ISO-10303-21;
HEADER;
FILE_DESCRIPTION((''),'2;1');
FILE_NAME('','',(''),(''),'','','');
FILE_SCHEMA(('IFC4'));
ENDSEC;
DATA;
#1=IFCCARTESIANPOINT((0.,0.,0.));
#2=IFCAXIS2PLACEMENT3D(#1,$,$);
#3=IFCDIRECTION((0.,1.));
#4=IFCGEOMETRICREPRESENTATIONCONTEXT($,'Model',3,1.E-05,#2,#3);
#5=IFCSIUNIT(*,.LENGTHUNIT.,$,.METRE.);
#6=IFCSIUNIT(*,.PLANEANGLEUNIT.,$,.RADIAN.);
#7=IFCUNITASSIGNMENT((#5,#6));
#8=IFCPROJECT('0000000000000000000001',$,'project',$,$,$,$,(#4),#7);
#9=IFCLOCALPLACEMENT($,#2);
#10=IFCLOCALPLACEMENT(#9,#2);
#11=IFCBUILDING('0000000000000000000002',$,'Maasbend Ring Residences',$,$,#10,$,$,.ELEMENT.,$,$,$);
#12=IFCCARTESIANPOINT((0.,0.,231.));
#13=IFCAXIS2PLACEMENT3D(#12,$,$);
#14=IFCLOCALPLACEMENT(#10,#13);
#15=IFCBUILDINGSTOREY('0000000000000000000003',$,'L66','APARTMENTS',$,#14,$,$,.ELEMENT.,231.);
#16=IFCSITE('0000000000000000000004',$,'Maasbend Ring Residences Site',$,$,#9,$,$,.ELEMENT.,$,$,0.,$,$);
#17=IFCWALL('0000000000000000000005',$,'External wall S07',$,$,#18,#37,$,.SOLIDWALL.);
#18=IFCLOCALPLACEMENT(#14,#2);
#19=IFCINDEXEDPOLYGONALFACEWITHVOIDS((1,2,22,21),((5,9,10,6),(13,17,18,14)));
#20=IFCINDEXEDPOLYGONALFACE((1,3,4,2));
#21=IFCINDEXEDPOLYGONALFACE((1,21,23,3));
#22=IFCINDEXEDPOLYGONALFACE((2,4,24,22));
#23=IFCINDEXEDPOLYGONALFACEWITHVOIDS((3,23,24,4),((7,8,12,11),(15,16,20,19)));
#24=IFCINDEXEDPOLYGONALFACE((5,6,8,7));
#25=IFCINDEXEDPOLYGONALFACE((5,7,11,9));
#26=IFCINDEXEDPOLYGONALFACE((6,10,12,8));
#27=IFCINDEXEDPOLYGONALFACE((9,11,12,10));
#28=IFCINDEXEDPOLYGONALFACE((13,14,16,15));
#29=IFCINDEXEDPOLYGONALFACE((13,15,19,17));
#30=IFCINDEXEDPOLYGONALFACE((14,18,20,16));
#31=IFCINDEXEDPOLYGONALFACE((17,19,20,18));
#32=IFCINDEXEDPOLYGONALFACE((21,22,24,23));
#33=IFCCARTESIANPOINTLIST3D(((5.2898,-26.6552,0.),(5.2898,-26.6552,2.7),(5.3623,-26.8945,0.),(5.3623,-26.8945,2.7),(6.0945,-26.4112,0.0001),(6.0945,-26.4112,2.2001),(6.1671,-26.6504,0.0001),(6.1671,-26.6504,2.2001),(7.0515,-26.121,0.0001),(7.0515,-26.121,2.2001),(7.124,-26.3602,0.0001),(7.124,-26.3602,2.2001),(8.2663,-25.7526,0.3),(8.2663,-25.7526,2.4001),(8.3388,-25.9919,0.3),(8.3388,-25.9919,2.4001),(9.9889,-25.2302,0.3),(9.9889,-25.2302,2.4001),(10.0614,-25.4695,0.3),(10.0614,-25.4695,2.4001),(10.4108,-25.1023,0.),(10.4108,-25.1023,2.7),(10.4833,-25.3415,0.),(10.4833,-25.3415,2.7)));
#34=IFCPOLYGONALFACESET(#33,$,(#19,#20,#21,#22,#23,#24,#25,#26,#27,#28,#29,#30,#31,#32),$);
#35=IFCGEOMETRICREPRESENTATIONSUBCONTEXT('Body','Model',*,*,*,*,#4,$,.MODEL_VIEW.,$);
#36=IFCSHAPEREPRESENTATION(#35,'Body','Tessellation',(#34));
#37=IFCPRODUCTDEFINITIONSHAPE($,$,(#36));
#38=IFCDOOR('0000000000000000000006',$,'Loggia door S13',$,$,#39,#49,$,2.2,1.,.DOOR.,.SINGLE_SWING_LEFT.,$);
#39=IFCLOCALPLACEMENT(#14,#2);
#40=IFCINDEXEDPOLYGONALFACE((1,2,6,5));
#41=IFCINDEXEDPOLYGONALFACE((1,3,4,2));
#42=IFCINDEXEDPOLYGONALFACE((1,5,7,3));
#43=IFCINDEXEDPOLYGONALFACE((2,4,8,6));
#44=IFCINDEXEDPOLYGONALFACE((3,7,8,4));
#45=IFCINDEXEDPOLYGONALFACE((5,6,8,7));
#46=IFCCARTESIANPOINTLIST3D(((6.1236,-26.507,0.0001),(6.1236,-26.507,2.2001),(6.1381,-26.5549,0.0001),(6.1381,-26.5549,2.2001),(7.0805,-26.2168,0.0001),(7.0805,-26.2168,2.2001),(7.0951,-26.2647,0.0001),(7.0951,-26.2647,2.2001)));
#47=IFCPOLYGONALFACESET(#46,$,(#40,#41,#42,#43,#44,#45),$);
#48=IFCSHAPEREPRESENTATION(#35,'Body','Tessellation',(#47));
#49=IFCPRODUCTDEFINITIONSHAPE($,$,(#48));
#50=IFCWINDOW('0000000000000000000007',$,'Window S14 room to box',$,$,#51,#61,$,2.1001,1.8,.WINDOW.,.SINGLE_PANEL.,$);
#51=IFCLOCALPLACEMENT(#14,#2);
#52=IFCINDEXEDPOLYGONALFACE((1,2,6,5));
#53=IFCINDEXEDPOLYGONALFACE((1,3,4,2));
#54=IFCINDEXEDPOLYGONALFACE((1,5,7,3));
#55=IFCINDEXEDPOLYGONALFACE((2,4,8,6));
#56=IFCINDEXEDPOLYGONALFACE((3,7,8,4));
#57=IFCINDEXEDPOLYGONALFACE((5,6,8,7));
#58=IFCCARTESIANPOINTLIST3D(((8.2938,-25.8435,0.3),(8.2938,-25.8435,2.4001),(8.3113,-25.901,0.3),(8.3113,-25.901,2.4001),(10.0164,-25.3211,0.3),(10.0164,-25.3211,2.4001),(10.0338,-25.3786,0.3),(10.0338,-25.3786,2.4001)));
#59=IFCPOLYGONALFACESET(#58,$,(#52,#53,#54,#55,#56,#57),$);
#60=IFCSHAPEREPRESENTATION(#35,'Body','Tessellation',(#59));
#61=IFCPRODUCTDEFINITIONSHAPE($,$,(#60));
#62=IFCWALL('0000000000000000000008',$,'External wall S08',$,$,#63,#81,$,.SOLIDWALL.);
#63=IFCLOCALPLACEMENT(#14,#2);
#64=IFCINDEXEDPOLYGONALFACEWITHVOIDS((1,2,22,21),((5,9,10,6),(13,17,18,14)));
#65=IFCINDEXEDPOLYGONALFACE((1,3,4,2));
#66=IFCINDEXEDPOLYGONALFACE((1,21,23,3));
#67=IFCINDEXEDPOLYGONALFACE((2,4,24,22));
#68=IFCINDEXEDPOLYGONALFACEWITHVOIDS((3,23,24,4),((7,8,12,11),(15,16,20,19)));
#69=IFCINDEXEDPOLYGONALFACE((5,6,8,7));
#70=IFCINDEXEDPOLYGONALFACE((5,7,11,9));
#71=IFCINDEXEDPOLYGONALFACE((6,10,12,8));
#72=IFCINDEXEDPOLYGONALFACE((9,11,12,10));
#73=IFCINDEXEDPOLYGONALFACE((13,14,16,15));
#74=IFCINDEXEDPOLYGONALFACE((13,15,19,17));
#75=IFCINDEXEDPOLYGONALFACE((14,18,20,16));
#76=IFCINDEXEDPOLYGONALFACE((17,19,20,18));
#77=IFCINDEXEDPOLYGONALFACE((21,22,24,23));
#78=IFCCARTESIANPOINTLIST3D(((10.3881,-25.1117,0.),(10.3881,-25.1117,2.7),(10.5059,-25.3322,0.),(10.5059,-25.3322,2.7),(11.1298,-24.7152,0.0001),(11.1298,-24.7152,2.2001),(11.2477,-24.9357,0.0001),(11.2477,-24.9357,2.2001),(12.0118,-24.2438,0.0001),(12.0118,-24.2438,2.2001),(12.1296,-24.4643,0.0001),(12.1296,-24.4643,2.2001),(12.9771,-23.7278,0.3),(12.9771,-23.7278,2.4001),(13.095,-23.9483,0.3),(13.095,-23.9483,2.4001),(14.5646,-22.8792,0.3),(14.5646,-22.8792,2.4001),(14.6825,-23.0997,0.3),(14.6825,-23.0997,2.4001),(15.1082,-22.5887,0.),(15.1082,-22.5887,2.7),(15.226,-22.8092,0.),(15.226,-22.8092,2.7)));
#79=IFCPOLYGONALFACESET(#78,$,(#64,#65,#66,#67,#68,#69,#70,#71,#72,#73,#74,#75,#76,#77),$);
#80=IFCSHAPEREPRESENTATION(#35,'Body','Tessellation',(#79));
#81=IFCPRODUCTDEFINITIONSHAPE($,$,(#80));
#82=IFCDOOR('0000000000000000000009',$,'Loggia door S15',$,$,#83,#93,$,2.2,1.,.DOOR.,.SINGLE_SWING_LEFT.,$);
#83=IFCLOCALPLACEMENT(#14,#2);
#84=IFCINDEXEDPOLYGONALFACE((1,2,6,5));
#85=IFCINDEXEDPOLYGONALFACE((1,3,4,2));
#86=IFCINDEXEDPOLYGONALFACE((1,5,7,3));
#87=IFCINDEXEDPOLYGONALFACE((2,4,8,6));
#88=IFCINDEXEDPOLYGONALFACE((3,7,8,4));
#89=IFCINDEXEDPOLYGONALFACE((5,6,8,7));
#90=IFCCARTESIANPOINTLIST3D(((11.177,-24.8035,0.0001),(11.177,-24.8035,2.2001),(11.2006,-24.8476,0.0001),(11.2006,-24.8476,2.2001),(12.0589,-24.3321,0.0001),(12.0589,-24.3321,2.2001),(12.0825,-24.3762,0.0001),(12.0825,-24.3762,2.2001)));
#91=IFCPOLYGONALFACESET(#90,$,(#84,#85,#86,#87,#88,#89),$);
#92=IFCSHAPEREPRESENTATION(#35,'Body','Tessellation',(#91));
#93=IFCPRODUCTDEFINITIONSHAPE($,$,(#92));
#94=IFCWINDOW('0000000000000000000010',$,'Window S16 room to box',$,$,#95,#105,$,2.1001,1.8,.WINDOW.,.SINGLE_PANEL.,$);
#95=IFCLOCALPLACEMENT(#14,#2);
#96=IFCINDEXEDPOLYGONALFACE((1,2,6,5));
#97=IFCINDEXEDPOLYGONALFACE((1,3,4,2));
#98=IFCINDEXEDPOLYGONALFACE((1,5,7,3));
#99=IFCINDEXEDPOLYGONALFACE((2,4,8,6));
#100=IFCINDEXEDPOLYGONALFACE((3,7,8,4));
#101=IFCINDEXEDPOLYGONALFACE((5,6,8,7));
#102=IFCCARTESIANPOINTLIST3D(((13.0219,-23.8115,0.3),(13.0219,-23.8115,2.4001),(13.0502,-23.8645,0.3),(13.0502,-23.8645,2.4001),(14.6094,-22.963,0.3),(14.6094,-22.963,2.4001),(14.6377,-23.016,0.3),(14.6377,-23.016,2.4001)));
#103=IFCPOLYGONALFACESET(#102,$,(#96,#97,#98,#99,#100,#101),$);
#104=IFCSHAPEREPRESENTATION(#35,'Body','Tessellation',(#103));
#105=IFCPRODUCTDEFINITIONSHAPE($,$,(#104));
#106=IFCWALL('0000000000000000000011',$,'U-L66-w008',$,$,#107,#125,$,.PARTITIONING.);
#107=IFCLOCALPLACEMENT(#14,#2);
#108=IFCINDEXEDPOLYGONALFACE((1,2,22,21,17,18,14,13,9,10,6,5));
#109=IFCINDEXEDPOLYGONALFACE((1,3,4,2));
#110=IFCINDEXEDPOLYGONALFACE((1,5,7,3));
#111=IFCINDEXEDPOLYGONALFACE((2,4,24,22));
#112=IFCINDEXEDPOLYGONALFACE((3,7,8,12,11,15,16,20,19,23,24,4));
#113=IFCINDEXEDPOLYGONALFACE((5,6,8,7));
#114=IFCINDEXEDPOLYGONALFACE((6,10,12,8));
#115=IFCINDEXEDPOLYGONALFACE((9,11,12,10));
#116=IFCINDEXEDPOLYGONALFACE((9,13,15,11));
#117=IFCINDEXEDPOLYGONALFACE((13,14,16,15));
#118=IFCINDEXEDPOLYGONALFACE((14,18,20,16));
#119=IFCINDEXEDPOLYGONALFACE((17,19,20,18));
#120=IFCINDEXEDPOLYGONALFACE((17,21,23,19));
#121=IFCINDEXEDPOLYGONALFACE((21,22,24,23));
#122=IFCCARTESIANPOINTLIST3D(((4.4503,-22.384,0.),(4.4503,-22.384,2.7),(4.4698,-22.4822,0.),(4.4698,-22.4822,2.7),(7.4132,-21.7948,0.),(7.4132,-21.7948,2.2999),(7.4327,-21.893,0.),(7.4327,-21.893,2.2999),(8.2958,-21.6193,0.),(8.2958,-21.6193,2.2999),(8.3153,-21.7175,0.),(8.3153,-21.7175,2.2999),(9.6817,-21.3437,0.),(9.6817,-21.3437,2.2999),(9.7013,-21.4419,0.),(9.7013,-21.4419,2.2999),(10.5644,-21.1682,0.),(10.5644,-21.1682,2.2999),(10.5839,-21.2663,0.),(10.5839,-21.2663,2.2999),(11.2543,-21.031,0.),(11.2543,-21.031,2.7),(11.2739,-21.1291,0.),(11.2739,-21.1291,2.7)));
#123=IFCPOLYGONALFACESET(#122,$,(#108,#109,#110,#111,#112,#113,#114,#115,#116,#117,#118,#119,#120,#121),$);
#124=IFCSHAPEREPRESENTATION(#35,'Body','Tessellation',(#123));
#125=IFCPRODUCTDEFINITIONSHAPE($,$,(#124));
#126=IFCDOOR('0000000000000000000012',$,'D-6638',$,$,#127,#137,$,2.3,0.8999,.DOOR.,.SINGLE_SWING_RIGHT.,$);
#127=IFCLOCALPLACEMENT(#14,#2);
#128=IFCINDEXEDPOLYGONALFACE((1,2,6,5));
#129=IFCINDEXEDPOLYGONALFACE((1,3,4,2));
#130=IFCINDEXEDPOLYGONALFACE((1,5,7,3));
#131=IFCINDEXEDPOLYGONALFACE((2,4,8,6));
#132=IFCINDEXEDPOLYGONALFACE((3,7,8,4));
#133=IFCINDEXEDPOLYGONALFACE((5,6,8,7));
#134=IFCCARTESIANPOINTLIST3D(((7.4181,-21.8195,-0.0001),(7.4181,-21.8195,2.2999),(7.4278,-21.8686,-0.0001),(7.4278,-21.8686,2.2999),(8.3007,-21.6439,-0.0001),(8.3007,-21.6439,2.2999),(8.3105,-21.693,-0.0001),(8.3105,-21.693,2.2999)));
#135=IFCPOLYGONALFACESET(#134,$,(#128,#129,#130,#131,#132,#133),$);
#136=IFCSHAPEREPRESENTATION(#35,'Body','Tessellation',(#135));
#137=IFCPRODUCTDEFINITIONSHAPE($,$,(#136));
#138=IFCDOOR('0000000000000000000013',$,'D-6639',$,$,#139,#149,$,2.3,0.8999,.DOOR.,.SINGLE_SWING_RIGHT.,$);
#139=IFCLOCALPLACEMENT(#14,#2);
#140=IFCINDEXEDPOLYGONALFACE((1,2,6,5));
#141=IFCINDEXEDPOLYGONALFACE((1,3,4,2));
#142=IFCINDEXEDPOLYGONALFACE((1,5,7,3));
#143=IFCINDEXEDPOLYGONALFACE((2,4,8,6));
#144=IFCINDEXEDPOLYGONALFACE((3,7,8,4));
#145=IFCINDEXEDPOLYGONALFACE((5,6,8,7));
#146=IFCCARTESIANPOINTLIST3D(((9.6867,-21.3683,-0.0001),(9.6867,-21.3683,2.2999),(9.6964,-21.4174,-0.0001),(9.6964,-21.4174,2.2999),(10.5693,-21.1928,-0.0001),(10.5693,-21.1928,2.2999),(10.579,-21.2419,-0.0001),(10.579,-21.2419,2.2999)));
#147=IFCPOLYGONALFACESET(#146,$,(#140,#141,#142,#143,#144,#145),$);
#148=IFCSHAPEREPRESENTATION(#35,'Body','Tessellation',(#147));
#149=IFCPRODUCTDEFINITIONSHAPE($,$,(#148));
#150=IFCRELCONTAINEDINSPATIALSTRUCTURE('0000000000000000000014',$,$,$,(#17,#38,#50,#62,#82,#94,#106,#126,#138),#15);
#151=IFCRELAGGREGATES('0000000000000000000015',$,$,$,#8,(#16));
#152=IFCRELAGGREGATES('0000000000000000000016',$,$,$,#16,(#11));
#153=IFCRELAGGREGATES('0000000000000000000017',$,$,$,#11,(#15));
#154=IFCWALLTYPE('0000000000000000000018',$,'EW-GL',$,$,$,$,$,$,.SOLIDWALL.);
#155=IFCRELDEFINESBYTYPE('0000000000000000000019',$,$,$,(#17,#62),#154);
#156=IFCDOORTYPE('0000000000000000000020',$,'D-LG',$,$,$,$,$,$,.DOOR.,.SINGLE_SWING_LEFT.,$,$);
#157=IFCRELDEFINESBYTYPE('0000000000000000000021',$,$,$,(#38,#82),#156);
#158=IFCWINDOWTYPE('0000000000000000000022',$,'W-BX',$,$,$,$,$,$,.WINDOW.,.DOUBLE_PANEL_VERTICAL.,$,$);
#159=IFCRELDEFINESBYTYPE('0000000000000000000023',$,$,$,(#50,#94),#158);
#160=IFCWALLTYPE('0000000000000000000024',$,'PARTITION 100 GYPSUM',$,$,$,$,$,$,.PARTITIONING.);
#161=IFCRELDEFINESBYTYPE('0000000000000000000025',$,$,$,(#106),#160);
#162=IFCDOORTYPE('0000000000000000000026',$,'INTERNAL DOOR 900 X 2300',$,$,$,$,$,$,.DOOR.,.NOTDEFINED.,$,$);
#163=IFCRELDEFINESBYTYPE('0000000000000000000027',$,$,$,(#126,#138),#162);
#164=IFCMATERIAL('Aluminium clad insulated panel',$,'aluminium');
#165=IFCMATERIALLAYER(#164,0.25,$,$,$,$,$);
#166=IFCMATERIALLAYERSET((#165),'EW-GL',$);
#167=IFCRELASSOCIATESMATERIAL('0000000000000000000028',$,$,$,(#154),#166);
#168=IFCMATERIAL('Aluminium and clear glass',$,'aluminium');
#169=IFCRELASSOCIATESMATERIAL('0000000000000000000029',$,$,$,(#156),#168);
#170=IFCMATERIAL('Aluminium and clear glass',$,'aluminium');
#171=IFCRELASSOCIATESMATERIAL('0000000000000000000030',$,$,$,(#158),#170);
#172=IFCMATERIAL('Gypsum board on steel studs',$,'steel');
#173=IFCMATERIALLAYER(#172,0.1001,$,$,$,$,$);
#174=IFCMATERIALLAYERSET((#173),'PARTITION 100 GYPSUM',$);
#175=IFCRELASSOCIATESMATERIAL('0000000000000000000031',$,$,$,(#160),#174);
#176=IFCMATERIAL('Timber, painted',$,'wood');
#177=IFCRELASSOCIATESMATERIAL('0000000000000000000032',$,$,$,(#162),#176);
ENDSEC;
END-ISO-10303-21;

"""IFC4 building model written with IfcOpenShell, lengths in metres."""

from ifc_helpers import new_model, si_unit, direction, frame, frame_2d, origin, place, context, subcontext, project, spatial, rectangle, extrude, material, layer, layer_set, type_object, element, fill, save


model = new_model("IFC4")

# Units and contexts
model_context = context("Model", 3, precision=1e-05, world=origin(), true_north=direction((0.0, 1.0)))
body_context = subcontext(model_context, "Body", "Model", "MODEL_VIEW")
ifc_project = project(units=[si_unit("LENGTHUNIT", "METRE"), si_unit("PLANEANGLEUNIT", "RADIAN")], contexts=[model_context])

# Site, building, storey
site_placement = place(None, origin())
site = spatial("IfcSite", under=ifc_project, at=site_placement, Name="Maasbend Ring Residences Site", CompositionType="ELEMENT", RefElevation=0.0)
building_placement = place(site_placement, origin())
building = spatial("IfcBuilding", under=site, at=building_placement, Name="Maasbend Ring Residences", CompositionType="ELEMENT")
storey_placement = place(building_placement, frame((0.0, 0.0, 231.0)))
storey = spatial("IfcBuildingStorey", under=building, at=storey_placement, Name="L66", Description="APARTMENTS", CompositionType="ELEMENT", Elevation=231.0)

# Walls, openings, doors, windows
ifc_material_1 = material(Name="Aluminium clad insulated panel", Category="aluminium")
ifc_layer_1 = layer(ifc_material_1, 0.25)
ifc_layer_set_1 = layer_set([ifc_layer_1], Name="EW-GL")
wall_type_1 = type_object("IfcWallType", Name="EW-GL", PredefinedType="SOLIDWALL", material=ifc_layer_set_1)
wall_1_placement = place(storey_placement, frame((5.3259, -26.7749, 0.0), z_axis=(0.0, 0.0, 1.0), x_axis=(0.956966, 0.290201, 0.0)))
wall_1 = element("IfcWall", 1, at=wall_1_placement, inside=storey, type_object=wall_type_1, Name="External wall S07", PredefinedType="SOLIDWALL", context=body_context, shape_type="SweptSolid", body=[
    extrude(rectangle(XDim=5.3513, YDim=0.25, at=frame_2d((2.6758, 0.0))), origin(), (0.0, 0.0, 1.0), 2.7),
])
opening_1_placement = place(wall_1_placement, frame((0.8411, 0.0, 0.0)))
opening_1 = element("IfcOpeningElement", 2, at=opening_1_placement, cuts=wall_1, PredefinedType="OPENING", context=body_context, shape_type="SweptSolid", body=[
    extrude(rectangle(XDim=1.0, YDim=2.2, at=frame_2d((0.5, 1.1001))), frame((0.0, 0.135, 0.0), z_axis=(0.0, -1.0, 0.0), x_axis=(1.0, 0.0, 0.0)), (0.0, 0.0, 1.0), 0.27),
])
opening_2_placement = place(wall_1_placement, frame((3.1106, 0.0, 0.3)))
opening_2 = element("IfcOpeningElement", 3, at=opening_2_placement, cuts=wall_1, PredefinedType="OPENING", context=body_context, shape_type="SweptSolid", body=[
    extrude(rectangle(XDim=1.8, YDim=2.1001, at=frame_2d((0.8999, 1.05))), frame((0.0, 0.135, 0.0), z_axis=(0.0, -1.0, 0.0), x_axis=(1.0, 0.0, 0.0)), (0.0, 0.0, 1.0), 0.27),
])
ifc_material_2 = material(Name="Aluminium and clear glass", Category="aluminium")
door_type_1 = type_object("IfcDoorType", Name="D-LG", OperationType="SINGLE_SWING_LEFT", PredefinedType="DOOR", material=ifc_material_2)
door_1_placement = place(opening_1_placement, origin())
door_1 = element("IfcDoor", 4, at=door_1_placement, inside=storey, type_object=door_type_1, Name="Loggia door S13", OperationType="SINGLE_SWING_LEFT", OverallHeight=2.2, OverallWidth=1.0, PredefinedType="DOOR", context=body_context, shape_type="SweptSolid", body=[
    extrude(rectangle(XDim=1.0, YDim=2.2, at=frame_2d((0.5, 1.1001))), frame((0.0, 0.0249, 0.0), z_axis=(0.0, -1.0, 0.0), x_axis=(1.0, 0.0, 0.0)), (0.0, 0.0, 1.0), 0.05),
])
fill(opening_1, door_1)
ifc_material_3 = material(Name="Aluminium and clear glass", Category="aluminium")
window_type_1 = type_object("IfcWindowType", Name="W-BX", PartitioningType="DOUBLE_PANEL_VERTICAL", PredefinedType="WINDOW", material=ifc_material_3)
window_1_placement = place(opening_2_placement, origin())
window_1 = element("IfcWindow", 5, at=window_1_placement, inside=storey, type_object=window_type_1, Name="Window S14 room to box", OverallHeight=2.1001, OverallWidth=1.8, PartitioningType="SINGLE_PANEL", PredefinedType="WINDOW", context=body_context, shape_type="SweptSolid", body=[
    extrude(rectangle(XDim=1.8, YDim=2.1001, at=frame_2d((0.8999, 1.05))), frame((0.0, 0.03, 0.0), z_axis=(0.0, -1.0, 0.0), x_axis=(1.0, 0.0, 0.0)), (0.0, 0.0, 1.0), 0.0601),
])
fill(opening_2, window_1)
wall_2_placement = place(storey_placement, frame((10.447, -25.2219, 0.0), z_axis=(0.0, 0.0, 1.0), x_axis=(0.881916, 0.471407, 0.0)))
wall_2 = element("IfcWall", 6, at=wall_2_placement, inside=storey, type_object=wall_type_1, Name="External wall S08", PredefinedType="SOLIDWALL", context=body_context, shape_type="SweptSolid", body=[
    extrude(rectangle(XDim=5.3521, YDim=0.25, at=frame_2d((2.676, 0.0))), origin(), (0.0, 0.0, 1.0), 2.7),
])
opening_3_placement = place(wall_2_placement, frame((0.8411, 0.0, 0.0)))
opening_3 = element("IfcOpeningElement", 7, at=opening_3_placement, cuts=wall_2, PredefinedType="OPENING", context=body_context, shape_type="SweptSolid", body=[
    extrude(rectangle(XDim=1.0, YDim=2.2, at=frame_2d((0.5, 1.1001))), frame((0.0, 0.135, 0.0), z_axis=(0.0, -1.0, 0.0), x_axis=(1.0, 0.0, 0.0)), (0.0, 0.0, 1.0), 0.27),
])
opening_4_placement = place(wall_2_placement, frame((2.9358, 0.0, 0.3)))
opening_4 = element("IfcOpeningElement", 8, at=opening_4_placement, cuts=wall_2, PredefinedType="OPENING", context=body_context, shape_type="SweptSolid", body=[
    extrude(rectangle(XDim=1.8, YDim=2.1001, at=frame_2d((0.8999, 1.05))), frame((0.0, 0.135, 0.0), z_axis=(0.0, -1.0, 0.0), x_axis=(1.0, 0.0, 0.0)), (0.0, 0.0, 1.0), 0.27),
])
door_2_placement = place(opening_3_placement, origin())
door_2 = element("IfcDoor", 9, at=door_2_placement, inside=storey, type_object=door_type_1, Name="Loggia door S15", OperationType="SINGLE_SWING_LEFT", OverallHeight=2.2, OverallWidth=1.0, PredefinedType="DOOR", context=body_context, shape_type="SweptSolid", body=[
    extrude(rectangle(XDim=1.0, YDim=2.2, at=frame_2d((0.5, 1.1001))), frame((0.0, 0.0249, 0.0), z_axis=(0.0, -1.0, 0.0), x_axis=(1.0, 0.0, 0.0)), (0.0, 0.0, 1.0), 0.05),
])
fill(opening_3, door_2)
window_2_placement = place(opening_4_placement, origin())
window_2 = element("IfcWindow", 10, at=window_2_placement, inside=storey, type_object=window_type_1, Name="Window S16 room to box", OverallHeight=2.1001, OverallWidth=1.8, PartitioningType="SINGLE_PANEL", PredefinedType="WINDOW", context=body_context, shape_type="SweptSolid", body=[
    extrude(rectangle(XDim=1.8, YDim=2.1001, at=frame_2d((0.8999, 1.05))), frame((0.0, 0.03, 0.0), z_axis=(0.0, -1.0, 0.0), x_axis=(1.0, 0.0, 0.0)), (0.0, 0.0, 1.0), 0.0601),
])
fill(opening_4, window_2)

# Wall, openings, doors
ifc_material_4 = material(Name="Gypsum board on steel studs", Category="steel")
ifc_layer_2 = layer(ifc_material_4, 0.1001)
ifc_layer_set_2 = layer_set([ifc_layer_2], Name="PARTITION 100 GYPSUM")
wall_type_2 = type_object("IfcWallType", Name="PARTITION 100 GYPSUM", PredefinedType="PARTITIONING", material=ifc_layer_set_2)
wall_3_placement = place(storey_placement, frame((4.46, -22.4331, 0.0), z_axis=(0.0, 0.0, 1.0), x_axis=(0.980795, 0.19504, 0.0)))
wall_3 = element("IfcWall", 11, at=wall_3_placement, inside=storey, type_object=wall_type_2, Name="U-L66-w008", PredefinedType="PARTITIONING", context=body_context, shape_type="SweptSolid", body=[
    extrude(rectangle(XDim=6.9373, YDim=0.1001, at=frame_2d((3.4688, 0.0))), origin(), (0.0, 0.0, 1.0), 2.7),
])
opening_5_placement = place(wall_3_placement, frame((3.021, 0.0, 0.0)))
opening_5 = element("IfcOpeningElement", 12, at=opening_5_placement, cuts=wall_3, PredefinedType="OPENING", context=body_context, shape_type="SweptSolid", body=[
    extrude(rectangle(XDim=0.8999, YDim=2.3, at=frame_2d((0.45, 1.1499))), frame((0.0, 0.0601, 0.0), z_axis=(0.0, -1.0, 0.0), x_axis=(1.0, 0.0, 0.0)), (0.0, 0.0, 1.0), 0.1201),
])
opening_6_placement = place(wall_3_placement, frame((5.334, 0.0, 0.0)))
opening_6 = element("IfcOpeningElement", 13, at=opening_6_placement, cuts=wall_3, PredefinedType="OPENING", context=body_context, shape_type="SweptSolid", body=[
    extrude(rectangle(XDim=0.8999, YDim=2.3, at=frame_2d((0.45, 1.1499))), frame((0.0, 0.0601, 0.0), z_axis=(0.0, -1.0, 0.0), x_axis=(1.0, 0.0, 0.0)), (0.0, 0.0, 1.0), 0.1201),
])
ifc_material_5 = material(Name="Timber, painted", Category="wood")
door_type_2 = type_object("IfcDoorType", Name="INTERNAL DOOR 900 X 2300", OperationType="NOTDEFINED", PredefinedType="DOOR", material=ifc_material_5)
door_3_placement = place(opening_5_placement, origin())
door_3 = element("IfcDoor", 14, at=door_3_placement, inside=storey, type_object=door_type_2, Name="D-6638", OperationType="SINGLE_SWING_RIGHT", OverallHeight=2.3, OverallWidth=0.8999, PredefinedType="DOOR", context=body_context, shape_type="SweptSolid", body=[
    extrude(rectangle(XDim=0.8999, YDim=2.3, at=frame_2d((0.45, 1.1499))), frame((0.0, 0.0249, 0.0), z_axis=(0.0, -1.0, 0.0), x_axis=(1.0, 0.0, 0.0)), (0.0, 0.0, 1.0), 0.05),
])
fill(opening_5, door_3)
door_4_placement = place(opening_6_placement, origin())
door_4 = element("IfcDoor", 15, at=door_4_placement, inside=storey, type_object=door_type_2, Name="D-6639", OperationType="SINGLE_SWING_RIGHT", OverallHeight=2.3, OverallWidth=0.8999, PredefinedType="DOOR", context=body_context, shape_type="SweptSolid", body=[
    extrude(rectangle(XDim=0.8999, YDim=2.3, at=frame_2d((0.45, 1.1499))), frame((0.0, 0.0249, 0.0), z_axis=(0.0, -1.0, 0.0), x_axis=(1.0, 0.0, 0.0)), (0.0, 0.0, 1.0), 0.05),
])
fill(opening_6, door_4)

save(model, "model.ifc")
